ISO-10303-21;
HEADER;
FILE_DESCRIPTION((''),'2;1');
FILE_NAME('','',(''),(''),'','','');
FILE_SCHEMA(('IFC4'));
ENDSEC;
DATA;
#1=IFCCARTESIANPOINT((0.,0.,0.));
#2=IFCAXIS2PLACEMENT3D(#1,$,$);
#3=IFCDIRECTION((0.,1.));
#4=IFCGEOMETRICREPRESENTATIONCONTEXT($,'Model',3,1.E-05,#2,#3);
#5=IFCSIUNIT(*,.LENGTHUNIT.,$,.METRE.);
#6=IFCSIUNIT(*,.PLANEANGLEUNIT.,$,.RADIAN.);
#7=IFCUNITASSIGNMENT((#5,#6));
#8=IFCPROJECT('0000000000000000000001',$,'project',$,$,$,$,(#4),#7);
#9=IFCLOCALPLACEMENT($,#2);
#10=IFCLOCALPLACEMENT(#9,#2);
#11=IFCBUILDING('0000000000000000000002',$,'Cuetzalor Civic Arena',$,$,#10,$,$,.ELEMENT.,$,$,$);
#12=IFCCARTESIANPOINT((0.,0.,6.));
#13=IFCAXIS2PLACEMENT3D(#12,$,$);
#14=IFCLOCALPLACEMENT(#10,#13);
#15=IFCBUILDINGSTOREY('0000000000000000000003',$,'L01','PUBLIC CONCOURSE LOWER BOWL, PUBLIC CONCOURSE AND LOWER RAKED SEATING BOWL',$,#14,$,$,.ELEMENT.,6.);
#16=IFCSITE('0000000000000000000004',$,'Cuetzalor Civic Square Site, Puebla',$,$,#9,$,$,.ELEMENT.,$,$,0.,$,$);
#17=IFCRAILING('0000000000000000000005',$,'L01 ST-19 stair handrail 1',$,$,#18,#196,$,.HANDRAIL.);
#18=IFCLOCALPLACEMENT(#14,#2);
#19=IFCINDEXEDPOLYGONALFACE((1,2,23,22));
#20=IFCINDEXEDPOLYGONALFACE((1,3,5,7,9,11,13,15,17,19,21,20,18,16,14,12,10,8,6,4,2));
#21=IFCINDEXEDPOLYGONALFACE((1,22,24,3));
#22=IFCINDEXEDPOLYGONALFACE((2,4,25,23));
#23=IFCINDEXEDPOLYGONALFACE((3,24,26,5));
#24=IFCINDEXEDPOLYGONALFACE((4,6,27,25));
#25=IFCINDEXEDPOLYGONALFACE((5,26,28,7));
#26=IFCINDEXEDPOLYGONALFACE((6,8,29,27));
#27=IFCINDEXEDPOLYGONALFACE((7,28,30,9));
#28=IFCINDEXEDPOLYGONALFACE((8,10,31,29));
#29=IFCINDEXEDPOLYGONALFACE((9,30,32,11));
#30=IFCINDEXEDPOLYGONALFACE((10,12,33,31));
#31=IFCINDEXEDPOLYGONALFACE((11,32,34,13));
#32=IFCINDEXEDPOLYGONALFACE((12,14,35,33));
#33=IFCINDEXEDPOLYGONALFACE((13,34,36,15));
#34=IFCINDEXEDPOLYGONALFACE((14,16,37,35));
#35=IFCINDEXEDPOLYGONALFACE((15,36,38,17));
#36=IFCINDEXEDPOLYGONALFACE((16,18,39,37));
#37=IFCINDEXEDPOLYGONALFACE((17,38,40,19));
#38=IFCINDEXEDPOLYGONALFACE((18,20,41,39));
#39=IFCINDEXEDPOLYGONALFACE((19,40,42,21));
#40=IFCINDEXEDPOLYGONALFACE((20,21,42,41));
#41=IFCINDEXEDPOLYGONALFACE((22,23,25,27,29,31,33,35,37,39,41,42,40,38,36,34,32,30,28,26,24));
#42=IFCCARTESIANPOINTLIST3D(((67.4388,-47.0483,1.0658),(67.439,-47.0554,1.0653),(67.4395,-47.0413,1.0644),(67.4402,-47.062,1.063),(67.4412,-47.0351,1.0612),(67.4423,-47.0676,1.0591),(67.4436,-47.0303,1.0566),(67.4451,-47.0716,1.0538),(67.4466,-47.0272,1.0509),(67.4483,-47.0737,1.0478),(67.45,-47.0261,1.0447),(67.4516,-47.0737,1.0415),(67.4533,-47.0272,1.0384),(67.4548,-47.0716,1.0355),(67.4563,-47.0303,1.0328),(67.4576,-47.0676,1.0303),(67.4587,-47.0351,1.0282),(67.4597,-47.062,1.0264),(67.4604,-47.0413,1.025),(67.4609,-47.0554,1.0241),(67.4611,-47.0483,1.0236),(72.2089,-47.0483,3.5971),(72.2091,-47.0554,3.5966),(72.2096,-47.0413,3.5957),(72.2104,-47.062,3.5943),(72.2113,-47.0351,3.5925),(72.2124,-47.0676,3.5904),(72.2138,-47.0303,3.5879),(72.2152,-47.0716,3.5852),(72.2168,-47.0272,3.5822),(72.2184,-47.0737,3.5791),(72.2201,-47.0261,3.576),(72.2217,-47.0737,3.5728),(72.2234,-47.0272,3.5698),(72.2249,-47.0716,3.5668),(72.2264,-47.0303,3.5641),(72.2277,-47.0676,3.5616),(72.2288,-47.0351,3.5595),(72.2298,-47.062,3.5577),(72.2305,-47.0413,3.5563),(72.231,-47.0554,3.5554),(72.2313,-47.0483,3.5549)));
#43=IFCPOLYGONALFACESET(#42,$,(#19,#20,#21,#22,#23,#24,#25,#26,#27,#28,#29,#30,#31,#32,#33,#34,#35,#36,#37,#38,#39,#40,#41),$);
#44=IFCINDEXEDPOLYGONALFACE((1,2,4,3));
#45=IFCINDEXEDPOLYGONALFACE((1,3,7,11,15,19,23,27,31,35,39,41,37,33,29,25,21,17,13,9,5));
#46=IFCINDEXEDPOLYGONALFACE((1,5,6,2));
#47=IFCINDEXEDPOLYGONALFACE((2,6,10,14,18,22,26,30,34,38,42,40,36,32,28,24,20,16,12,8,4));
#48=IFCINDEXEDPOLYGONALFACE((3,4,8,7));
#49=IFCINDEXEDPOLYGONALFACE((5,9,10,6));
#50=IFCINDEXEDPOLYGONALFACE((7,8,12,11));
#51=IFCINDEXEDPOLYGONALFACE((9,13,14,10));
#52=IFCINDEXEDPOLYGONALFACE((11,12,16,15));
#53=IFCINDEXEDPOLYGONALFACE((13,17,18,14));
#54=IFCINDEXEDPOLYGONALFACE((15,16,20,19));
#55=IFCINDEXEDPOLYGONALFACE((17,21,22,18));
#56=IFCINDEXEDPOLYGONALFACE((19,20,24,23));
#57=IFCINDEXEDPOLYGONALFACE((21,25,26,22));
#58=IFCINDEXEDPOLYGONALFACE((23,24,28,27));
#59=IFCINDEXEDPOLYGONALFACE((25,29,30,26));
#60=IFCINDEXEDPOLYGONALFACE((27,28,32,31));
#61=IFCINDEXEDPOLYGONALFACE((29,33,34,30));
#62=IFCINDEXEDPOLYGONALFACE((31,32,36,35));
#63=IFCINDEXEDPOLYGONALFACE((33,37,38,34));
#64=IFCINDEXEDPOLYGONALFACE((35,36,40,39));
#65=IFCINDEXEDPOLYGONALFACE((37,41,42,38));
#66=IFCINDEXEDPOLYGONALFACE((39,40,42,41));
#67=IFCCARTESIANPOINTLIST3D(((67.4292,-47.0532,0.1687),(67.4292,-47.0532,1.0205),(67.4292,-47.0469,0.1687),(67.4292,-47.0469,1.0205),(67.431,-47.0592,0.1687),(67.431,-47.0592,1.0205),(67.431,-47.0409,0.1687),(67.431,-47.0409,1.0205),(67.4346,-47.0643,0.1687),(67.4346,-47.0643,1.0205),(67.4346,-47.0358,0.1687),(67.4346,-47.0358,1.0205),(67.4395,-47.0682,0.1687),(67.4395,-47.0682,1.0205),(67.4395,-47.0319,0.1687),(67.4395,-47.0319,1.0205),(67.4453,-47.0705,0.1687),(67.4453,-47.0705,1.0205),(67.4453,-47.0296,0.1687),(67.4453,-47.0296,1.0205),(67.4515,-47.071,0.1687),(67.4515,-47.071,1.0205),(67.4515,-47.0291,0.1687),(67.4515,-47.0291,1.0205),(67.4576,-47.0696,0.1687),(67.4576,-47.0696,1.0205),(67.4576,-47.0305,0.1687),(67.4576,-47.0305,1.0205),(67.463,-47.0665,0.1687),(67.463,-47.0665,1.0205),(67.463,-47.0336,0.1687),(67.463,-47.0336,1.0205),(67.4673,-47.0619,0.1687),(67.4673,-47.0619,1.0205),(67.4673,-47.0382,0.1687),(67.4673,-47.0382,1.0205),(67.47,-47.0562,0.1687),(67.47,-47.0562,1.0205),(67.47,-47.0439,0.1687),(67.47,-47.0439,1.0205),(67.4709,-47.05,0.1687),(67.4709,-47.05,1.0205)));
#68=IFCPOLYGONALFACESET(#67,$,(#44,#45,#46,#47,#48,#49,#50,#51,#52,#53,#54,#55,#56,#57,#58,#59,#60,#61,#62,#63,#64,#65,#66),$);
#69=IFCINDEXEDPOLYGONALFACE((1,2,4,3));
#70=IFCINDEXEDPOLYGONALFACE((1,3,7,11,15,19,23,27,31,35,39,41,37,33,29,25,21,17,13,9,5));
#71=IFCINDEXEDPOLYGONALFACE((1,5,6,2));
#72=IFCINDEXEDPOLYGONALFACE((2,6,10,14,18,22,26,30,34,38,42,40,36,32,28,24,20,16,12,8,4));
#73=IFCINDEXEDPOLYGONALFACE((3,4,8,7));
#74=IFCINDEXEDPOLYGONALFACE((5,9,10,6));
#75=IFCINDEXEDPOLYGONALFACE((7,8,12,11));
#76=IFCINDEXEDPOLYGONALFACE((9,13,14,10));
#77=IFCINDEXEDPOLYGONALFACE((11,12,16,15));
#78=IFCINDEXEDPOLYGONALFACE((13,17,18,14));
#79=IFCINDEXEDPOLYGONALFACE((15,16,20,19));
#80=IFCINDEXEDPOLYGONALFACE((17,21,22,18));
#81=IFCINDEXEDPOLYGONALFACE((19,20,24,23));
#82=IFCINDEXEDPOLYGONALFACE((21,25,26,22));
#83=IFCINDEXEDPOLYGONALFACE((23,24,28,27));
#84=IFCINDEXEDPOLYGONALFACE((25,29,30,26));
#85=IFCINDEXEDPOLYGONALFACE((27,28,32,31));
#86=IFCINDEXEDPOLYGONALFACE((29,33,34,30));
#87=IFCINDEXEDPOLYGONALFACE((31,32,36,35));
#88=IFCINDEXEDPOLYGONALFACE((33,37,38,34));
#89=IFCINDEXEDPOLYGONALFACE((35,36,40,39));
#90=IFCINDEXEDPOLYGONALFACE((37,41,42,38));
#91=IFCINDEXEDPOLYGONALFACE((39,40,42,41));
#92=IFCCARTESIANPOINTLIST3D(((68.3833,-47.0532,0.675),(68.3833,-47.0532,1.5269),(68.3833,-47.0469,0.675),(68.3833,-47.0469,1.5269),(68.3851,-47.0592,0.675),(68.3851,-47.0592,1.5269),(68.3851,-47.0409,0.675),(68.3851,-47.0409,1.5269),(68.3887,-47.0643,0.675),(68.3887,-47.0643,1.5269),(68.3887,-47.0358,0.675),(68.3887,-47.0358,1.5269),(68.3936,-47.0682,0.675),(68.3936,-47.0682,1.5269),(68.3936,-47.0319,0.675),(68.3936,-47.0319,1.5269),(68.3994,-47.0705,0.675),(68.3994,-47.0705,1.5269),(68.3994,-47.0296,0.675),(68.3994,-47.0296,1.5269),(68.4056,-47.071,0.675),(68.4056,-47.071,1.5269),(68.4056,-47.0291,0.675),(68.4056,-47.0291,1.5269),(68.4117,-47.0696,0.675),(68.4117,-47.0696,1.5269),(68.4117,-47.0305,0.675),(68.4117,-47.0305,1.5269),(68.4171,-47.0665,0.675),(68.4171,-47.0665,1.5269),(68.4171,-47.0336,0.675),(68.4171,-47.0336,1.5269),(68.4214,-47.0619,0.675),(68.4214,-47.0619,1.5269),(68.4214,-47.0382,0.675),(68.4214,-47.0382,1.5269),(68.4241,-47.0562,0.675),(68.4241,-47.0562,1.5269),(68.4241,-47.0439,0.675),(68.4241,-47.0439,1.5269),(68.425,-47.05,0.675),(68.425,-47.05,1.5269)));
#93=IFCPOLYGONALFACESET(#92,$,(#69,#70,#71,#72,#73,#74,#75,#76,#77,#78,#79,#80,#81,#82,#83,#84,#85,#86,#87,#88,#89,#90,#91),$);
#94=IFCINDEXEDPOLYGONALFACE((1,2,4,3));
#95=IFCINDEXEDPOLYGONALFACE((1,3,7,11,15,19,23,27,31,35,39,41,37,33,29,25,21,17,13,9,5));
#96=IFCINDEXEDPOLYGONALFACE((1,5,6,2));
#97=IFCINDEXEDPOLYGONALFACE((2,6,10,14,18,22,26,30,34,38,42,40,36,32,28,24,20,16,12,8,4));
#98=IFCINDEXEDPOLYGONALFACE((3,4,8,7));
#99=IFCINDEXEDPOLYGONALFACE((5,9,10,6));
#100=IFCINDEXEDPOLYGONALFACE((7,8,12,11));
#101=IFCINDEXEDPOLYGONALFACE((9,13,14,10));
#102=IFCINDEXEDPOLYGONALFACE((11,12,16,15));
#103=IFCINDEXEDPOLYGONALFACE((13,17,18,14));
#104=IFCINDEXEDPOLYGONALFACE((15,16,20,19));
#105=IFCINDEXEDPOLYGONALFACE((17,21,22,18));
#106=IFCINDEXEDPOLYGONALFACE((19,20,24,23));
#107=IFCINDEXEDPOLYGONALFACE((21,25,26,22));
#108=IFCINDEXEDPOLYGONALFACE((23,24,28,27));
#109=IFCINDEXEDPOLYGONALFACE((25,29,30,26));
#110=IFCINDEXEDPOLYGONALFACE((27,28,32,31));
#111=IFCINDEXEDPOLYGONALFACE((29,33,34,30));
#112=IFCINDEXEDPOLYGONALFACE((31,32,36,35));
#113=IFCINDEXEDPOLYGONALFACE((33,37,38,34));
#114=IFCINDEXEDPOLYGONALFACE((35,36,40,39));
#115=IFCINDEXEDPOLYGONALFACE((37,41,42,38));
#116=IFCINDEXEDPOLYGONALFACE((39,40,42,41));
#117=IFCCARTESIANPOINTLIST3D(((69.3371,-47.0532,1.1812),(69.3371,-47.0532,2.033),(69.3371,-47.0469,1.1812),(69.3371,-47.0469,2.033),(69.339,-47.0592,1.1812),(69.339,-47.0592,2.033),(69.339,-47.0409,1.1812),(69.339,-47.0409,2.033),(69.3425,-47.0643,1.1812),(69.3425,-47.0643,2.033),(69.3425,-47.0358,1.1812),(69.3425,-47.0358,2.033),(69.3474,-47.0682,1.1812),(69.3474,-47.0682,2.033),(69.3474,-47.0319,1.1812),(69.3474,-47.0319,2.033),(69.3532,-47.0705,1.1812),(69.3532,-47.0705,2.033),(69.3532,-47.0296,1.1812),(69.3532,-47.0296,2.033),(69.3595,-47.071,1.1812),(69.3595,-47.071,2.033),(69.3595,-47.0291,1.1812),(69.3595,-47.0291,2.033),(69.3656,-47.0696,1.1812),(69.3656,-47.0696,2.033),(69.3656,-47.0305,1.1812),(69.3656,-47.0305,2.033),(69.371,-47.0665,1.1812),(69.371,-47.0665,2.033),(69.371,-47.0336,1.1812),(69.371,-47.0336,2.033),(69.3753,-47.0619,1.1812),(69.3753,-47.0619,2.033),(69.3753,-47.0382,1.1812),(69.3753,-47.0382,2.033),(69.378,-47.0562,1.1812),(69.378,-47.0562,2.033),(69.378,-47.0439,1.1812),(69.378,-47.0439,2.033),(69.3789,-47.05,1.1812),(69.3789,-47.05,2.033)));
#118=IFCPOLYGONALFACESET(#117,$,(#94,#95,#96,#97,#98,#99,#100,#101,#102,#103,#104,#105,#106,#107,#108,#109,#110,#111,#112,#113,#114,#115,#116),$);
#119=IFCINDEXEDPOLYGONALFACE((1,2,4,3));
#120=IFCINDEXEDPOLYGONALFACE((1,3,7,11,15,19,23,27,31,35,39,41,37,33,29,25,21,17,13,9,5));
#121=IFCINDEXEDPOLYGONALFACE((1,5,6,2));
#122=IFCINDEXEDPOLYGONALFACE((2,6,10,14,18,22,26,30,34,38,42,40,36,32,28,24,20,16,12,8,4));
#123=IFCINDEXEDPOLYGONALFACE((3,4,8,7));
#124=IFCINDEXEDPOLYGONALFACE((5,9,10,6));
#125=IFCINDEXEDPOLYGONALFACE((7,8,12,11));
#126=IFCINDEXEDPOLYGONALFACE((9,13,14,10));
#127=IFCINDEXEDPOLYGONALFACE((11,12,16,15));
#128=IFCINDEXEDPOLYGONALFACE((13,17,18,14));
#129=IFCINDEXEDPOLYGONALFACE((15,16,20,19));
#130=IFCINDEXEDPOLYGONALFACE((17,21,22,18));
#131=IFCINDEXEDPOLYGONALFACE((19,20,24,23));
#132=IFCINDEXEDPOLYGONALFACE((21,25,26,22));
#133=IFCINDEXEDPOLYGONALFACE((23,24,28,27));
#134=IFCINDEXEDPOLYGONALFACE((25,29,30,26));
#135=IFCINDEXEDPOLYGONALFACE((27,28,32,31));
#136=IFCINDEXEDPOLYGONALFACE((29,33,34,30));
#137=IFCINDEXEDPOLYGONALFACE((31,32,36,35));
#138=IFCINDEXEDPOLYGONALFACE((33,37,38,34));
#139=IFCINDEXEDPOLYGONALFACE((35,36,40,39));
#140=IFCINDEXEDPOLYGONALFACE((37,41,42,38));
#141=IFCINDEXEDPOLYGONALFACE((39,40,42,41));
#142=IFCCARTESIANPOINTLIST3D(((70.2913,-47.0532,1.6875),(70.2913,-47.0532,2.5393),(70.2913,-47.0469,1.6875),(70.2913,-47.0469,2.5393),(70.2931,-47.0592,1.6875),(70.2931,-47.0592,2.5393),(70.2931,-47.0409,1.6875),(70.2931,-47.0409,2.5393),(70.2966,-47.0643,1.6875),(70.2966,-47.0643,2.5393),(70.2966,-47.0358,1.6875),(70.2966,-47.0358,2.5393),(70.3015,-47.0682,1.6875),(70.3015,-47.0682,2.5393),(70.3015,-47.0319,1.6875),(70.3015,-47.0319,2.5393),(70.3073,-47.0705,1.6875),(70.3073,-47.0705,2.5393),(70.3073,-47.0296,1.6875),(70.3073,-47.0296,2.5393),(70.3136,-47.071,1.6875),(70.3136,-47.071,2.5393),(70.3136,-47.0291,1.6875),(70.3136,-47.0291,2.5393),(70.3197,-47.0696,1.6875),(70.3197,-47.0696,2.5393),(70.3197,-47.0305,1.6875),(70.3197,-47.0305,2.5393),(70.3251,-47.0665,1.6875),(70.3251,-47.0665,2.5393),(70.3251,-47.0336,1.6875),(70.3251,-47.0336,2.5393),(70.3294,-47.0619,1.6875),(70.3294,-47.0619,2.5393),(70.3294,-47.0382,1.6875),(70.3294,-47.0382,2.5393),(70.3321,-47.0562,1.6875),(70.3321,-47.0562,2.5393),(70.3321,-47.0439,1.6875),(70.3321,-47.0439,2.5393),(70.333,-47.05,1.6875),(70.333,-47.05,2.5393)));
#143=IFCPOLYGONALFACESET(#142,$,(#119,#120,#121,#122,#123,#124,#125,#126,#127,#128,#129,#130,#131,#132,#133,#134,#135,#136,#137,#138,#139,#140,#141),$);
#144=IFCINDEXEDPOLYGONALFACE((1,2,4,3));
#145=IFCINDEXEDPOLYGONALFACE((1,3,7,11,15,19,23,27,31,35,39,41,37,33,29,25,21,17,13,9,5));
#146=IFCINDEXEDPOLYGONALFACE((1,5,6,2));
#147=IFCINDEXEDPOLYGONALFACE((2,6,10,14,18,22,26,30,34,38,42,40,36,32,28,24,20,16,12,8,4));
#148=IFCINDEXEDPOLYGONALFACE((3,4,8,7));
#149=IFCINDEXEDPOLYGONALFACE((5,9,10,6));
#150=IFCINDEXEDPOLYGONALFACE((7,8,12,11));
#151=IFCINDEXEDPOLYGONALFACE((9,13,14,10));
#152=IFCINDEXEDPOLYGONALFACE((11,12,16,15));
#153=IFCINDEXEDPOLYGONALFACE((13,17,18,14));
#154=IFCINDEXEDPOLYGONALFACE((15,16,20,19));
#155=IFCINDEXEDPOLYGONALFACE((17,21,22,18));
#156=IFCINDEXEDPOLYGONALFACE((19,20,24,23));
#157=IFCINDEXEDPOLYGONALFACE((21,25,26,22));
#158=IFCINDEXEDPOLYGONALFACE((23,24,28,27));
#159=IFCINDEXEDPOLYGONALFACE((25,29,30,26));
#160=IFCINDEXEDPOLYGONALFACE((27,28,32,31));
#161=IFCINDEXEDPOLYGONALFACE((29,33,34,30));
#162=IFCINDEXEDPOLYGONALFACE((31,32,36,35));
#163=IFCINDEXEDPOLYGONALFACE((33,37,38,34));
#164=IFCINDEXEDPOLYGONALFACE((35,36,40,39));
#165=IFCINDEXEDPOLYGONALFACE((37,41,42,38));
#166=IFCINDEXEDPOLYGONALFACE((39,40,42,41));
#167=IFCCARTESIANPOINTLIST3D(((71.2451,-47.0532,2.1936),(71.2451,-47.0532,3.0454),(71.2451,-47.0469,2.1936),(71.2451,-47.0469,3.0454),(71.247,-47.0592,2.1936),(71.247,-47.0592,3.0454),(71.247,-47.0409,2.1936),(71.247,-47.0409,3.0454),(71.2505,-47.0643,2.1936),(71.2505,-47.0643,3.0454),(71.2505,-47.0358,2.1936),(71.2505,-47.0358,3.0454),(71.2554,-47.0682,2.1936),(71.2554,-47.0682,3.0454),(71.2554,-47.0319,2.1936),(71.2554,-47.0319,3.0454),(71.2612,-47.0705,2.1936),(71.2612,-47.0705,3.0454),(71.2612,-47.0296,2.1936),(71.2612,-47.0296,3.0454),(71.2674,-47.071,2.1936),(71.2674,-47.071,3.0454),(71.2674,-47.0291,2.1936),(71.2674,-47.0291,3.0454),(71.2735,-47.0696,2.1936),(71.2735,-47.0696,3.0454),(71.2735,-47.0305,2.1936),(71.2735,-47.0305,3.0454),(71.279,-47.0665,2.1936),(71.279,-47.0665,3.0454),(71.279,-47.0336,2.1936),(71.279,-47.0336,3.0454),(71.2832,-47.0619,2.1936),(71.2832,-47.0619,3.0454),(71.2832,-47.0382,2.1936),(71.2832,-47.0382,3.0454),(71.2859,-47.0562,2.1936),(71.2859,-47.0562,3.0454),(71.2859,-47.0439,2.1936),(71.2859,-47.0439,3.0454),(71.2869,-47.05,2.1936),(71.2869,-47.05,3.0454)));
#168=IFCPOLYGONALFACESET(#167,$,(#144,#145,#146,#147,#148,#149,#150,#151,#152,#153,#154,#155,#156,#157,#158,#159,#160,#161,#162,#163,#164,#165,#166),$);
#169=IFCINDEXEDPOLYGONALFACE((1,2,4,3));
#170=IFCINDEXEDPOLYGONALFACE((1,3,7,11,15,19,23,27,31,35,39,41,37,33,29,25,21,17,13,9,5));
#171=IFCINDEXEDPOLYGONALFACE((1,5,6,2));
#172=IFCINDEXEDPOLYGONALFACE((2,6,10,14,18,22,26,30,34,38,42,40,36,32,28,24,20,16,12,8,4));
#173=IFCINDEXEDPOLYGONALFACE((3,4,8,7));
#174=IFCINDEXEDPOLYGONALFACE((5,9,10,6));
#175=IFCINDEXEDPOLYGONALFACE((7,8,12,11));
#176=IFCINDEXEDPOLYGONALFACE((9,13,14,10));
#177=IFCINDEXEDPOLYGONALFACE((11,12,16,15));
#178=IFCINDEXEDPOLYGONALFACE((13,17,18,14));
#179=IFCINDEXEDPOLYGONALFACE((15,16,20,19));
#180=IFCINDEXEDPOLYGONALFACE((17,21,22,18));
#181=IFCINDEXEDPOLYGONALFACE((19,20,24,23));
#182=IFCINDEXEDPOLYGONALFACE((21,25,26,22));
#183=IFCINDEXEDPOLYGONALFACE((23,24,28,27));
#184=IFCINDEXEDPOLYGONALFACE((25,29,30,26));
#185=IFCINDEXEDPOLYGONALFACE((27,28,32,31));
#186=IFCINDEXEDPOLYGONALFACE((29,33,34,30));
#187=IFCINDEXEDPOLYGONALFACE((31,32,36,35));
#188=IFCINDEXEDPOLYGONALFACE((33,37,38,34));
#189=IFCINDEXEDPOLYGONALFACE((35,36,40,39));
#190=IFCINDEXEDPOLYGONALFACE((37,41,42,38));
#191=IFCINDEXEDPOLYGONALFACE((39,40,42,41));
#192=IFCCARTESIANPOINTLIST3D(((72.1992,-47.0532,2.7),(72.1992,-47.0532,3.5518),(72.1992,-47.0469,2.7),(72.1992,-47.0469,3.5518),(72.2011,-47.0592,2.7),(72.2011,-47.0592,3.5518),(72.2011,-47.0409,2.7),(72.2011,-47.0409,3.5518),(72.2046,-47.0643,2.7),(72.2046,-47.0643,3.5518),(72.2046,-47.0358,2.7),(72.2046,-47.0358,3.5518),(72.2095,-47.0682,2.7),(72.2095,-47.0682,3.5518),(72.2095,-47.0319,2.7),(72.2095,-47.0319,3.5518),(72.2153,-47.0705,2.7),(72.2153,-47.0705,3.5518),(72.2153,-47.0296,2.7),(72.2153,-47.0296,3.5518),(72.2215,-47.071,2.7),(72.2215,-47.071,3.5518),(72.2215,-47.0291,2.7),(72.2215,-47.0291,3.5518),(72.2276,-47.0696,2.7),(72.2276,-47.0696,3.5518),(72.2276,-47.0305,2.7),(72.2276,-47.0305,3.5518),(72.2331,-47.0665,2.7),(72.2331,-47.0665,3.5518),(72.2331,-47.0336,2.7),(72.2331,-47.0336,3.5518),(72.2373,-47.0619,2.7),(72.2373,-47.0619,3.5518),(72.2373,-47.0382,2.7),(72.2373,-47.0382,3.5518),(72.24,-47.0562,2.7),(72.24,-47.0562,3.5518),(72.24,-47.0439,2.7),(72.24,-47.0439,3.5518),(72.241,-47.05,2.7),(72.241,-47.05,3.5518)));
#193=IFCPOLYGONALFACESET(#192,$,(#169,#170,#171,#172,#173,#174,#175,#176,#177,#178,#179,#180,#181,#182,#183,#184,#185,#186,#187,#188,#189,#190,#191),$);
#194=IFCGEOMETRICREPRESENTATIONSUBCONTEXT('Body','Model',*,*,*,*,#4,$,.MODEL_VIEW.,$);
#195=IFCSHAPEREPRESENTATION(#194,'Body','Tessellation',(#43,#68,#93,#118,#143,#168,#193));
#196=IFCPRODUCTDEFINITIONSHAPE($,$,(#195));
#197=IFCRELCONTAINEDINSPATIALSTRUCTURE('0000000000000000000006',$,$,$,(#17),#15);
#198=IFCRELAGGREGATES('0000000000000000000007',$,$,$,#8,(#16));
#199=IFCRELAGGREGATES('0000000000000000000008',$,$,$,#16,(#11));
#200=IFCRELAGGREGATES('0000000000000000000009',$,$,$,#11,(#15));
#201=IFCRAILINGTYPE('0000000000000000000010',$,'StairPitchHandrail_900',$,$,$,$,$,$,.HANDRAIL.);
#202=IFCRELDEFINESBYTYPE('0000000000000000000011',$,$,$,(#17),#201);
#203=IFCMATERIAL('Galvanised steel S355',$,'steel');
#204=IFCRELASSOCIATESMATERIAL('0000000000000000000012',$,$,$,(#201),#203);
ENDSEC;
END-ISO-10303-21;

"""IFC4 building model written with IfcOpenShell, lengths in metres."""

from ifc_helpers import new_model, si_unit, direction, frame, origin, origin_2d, place, context, subcontext, project, spatial, circle, extrude, material, type_object, element, save


model = new_model("IFC4")

# Units and contexts
model_context = context("Model", 3, precision=1e-05, world=origin(), true_north=direction((0.0, 1.0)))
body_context = subcontext(model_context, "Body", "Model", "MODEL_VIEW")
ifc_project = project(units=[si_unit("LENGTHUNIT", "METRE"), si_unit("PLANEANGLEUNIT", "RADIAN")], contexts=[model_context])

# Site, building, storey
site_placement = place(None, origin())
site = spatial("IfcSite", under=ifc_project, at=site_placement, Name="Cuetzalor Civic Square Site, Puebla", CompositionType="ELEMENT", RefElevation=0.0)
building_placement = place(site_placement, origin())
building = spatial("IfcBuilding", under=site, at=building_placement, Name="Cuetzalor Civic Arena", CompositionType="ELEMENT")
storey_placement = place(building_placement, frame((0.0, 0.0, 6.0)))
storey = spatial("IfcBuildingStorey", under=building, at=storey_placement, Name="L01", Description="PUBLIC CONCOURSE LOWER BOWL, PUBLIC CONCOURSE AND LOWER RAKED SEATING BOWL", CompositionType="ELEMENT", Elevation=6.0)

# Railing
ifc_material_1 = material(Name="Galvanised steel S355", Category="steel")
railing_type_1 = type_object("IfcRailingType", Name="StairPitchHandrail_900", PredefinedType="HANDRAIL", material=ifc_material_1)
railing_1_placement = place(storey_placement, frame((67.45, -47.05, 0.1687)))
element("IfcRailing", 1, at=railing_1_placement, inside=storey, type_object=railing_type_1, Name="L01 ST-19 stair handrail 1", PredefinedType="HANDRAIL", context=body_context, shape_type="SweptSolid", body=[
    extrude(circle(Radius=0.0239, at=origin_2d()), frame((0.0, 0.0, 0.876), z_axis=(0.883332, 0.0, 0.468747), x_axis=(0.0, 1.0, 0.0)), (0.0, 0.0, 1.0), 5.4001),
    extrude(circle(Radius=0.021, at=origin_2d()), origin(), (0.0, 0.0, 1.0), 0.8518),
    extrude(circle(Radius=0.021, at=origin_2d()), frame((0.9541, 0.0, 0.5063)), (0.0, 0.0, 1.0), 0.8518),
    extrude(circle(Radius=0.021, at=origin_2d()), frame((1.908, 0.0, 1.0125)), (0.0, 0.0, 1.0), 0.8518),
    extrude(circle(Radius=0.021, at=origin_2d()), frame((2.8621, 0.0, 1.5188)), (0.0, 0.0, 1.0), 0.8518),
    extrude(circle(Radius=0.021, at=origin_2d()), frame((3.8159, 0.0, 2.0249)), (0.0, 0.0, 1.0), 0.8518),
    extrude(circle(Radius=0.021, at=origin_2d()), frame((4.77, 0.0, 2.5312)), (0.0, 0.0, 1.0), 0.8518),
])

save(model, "model.ifc")
